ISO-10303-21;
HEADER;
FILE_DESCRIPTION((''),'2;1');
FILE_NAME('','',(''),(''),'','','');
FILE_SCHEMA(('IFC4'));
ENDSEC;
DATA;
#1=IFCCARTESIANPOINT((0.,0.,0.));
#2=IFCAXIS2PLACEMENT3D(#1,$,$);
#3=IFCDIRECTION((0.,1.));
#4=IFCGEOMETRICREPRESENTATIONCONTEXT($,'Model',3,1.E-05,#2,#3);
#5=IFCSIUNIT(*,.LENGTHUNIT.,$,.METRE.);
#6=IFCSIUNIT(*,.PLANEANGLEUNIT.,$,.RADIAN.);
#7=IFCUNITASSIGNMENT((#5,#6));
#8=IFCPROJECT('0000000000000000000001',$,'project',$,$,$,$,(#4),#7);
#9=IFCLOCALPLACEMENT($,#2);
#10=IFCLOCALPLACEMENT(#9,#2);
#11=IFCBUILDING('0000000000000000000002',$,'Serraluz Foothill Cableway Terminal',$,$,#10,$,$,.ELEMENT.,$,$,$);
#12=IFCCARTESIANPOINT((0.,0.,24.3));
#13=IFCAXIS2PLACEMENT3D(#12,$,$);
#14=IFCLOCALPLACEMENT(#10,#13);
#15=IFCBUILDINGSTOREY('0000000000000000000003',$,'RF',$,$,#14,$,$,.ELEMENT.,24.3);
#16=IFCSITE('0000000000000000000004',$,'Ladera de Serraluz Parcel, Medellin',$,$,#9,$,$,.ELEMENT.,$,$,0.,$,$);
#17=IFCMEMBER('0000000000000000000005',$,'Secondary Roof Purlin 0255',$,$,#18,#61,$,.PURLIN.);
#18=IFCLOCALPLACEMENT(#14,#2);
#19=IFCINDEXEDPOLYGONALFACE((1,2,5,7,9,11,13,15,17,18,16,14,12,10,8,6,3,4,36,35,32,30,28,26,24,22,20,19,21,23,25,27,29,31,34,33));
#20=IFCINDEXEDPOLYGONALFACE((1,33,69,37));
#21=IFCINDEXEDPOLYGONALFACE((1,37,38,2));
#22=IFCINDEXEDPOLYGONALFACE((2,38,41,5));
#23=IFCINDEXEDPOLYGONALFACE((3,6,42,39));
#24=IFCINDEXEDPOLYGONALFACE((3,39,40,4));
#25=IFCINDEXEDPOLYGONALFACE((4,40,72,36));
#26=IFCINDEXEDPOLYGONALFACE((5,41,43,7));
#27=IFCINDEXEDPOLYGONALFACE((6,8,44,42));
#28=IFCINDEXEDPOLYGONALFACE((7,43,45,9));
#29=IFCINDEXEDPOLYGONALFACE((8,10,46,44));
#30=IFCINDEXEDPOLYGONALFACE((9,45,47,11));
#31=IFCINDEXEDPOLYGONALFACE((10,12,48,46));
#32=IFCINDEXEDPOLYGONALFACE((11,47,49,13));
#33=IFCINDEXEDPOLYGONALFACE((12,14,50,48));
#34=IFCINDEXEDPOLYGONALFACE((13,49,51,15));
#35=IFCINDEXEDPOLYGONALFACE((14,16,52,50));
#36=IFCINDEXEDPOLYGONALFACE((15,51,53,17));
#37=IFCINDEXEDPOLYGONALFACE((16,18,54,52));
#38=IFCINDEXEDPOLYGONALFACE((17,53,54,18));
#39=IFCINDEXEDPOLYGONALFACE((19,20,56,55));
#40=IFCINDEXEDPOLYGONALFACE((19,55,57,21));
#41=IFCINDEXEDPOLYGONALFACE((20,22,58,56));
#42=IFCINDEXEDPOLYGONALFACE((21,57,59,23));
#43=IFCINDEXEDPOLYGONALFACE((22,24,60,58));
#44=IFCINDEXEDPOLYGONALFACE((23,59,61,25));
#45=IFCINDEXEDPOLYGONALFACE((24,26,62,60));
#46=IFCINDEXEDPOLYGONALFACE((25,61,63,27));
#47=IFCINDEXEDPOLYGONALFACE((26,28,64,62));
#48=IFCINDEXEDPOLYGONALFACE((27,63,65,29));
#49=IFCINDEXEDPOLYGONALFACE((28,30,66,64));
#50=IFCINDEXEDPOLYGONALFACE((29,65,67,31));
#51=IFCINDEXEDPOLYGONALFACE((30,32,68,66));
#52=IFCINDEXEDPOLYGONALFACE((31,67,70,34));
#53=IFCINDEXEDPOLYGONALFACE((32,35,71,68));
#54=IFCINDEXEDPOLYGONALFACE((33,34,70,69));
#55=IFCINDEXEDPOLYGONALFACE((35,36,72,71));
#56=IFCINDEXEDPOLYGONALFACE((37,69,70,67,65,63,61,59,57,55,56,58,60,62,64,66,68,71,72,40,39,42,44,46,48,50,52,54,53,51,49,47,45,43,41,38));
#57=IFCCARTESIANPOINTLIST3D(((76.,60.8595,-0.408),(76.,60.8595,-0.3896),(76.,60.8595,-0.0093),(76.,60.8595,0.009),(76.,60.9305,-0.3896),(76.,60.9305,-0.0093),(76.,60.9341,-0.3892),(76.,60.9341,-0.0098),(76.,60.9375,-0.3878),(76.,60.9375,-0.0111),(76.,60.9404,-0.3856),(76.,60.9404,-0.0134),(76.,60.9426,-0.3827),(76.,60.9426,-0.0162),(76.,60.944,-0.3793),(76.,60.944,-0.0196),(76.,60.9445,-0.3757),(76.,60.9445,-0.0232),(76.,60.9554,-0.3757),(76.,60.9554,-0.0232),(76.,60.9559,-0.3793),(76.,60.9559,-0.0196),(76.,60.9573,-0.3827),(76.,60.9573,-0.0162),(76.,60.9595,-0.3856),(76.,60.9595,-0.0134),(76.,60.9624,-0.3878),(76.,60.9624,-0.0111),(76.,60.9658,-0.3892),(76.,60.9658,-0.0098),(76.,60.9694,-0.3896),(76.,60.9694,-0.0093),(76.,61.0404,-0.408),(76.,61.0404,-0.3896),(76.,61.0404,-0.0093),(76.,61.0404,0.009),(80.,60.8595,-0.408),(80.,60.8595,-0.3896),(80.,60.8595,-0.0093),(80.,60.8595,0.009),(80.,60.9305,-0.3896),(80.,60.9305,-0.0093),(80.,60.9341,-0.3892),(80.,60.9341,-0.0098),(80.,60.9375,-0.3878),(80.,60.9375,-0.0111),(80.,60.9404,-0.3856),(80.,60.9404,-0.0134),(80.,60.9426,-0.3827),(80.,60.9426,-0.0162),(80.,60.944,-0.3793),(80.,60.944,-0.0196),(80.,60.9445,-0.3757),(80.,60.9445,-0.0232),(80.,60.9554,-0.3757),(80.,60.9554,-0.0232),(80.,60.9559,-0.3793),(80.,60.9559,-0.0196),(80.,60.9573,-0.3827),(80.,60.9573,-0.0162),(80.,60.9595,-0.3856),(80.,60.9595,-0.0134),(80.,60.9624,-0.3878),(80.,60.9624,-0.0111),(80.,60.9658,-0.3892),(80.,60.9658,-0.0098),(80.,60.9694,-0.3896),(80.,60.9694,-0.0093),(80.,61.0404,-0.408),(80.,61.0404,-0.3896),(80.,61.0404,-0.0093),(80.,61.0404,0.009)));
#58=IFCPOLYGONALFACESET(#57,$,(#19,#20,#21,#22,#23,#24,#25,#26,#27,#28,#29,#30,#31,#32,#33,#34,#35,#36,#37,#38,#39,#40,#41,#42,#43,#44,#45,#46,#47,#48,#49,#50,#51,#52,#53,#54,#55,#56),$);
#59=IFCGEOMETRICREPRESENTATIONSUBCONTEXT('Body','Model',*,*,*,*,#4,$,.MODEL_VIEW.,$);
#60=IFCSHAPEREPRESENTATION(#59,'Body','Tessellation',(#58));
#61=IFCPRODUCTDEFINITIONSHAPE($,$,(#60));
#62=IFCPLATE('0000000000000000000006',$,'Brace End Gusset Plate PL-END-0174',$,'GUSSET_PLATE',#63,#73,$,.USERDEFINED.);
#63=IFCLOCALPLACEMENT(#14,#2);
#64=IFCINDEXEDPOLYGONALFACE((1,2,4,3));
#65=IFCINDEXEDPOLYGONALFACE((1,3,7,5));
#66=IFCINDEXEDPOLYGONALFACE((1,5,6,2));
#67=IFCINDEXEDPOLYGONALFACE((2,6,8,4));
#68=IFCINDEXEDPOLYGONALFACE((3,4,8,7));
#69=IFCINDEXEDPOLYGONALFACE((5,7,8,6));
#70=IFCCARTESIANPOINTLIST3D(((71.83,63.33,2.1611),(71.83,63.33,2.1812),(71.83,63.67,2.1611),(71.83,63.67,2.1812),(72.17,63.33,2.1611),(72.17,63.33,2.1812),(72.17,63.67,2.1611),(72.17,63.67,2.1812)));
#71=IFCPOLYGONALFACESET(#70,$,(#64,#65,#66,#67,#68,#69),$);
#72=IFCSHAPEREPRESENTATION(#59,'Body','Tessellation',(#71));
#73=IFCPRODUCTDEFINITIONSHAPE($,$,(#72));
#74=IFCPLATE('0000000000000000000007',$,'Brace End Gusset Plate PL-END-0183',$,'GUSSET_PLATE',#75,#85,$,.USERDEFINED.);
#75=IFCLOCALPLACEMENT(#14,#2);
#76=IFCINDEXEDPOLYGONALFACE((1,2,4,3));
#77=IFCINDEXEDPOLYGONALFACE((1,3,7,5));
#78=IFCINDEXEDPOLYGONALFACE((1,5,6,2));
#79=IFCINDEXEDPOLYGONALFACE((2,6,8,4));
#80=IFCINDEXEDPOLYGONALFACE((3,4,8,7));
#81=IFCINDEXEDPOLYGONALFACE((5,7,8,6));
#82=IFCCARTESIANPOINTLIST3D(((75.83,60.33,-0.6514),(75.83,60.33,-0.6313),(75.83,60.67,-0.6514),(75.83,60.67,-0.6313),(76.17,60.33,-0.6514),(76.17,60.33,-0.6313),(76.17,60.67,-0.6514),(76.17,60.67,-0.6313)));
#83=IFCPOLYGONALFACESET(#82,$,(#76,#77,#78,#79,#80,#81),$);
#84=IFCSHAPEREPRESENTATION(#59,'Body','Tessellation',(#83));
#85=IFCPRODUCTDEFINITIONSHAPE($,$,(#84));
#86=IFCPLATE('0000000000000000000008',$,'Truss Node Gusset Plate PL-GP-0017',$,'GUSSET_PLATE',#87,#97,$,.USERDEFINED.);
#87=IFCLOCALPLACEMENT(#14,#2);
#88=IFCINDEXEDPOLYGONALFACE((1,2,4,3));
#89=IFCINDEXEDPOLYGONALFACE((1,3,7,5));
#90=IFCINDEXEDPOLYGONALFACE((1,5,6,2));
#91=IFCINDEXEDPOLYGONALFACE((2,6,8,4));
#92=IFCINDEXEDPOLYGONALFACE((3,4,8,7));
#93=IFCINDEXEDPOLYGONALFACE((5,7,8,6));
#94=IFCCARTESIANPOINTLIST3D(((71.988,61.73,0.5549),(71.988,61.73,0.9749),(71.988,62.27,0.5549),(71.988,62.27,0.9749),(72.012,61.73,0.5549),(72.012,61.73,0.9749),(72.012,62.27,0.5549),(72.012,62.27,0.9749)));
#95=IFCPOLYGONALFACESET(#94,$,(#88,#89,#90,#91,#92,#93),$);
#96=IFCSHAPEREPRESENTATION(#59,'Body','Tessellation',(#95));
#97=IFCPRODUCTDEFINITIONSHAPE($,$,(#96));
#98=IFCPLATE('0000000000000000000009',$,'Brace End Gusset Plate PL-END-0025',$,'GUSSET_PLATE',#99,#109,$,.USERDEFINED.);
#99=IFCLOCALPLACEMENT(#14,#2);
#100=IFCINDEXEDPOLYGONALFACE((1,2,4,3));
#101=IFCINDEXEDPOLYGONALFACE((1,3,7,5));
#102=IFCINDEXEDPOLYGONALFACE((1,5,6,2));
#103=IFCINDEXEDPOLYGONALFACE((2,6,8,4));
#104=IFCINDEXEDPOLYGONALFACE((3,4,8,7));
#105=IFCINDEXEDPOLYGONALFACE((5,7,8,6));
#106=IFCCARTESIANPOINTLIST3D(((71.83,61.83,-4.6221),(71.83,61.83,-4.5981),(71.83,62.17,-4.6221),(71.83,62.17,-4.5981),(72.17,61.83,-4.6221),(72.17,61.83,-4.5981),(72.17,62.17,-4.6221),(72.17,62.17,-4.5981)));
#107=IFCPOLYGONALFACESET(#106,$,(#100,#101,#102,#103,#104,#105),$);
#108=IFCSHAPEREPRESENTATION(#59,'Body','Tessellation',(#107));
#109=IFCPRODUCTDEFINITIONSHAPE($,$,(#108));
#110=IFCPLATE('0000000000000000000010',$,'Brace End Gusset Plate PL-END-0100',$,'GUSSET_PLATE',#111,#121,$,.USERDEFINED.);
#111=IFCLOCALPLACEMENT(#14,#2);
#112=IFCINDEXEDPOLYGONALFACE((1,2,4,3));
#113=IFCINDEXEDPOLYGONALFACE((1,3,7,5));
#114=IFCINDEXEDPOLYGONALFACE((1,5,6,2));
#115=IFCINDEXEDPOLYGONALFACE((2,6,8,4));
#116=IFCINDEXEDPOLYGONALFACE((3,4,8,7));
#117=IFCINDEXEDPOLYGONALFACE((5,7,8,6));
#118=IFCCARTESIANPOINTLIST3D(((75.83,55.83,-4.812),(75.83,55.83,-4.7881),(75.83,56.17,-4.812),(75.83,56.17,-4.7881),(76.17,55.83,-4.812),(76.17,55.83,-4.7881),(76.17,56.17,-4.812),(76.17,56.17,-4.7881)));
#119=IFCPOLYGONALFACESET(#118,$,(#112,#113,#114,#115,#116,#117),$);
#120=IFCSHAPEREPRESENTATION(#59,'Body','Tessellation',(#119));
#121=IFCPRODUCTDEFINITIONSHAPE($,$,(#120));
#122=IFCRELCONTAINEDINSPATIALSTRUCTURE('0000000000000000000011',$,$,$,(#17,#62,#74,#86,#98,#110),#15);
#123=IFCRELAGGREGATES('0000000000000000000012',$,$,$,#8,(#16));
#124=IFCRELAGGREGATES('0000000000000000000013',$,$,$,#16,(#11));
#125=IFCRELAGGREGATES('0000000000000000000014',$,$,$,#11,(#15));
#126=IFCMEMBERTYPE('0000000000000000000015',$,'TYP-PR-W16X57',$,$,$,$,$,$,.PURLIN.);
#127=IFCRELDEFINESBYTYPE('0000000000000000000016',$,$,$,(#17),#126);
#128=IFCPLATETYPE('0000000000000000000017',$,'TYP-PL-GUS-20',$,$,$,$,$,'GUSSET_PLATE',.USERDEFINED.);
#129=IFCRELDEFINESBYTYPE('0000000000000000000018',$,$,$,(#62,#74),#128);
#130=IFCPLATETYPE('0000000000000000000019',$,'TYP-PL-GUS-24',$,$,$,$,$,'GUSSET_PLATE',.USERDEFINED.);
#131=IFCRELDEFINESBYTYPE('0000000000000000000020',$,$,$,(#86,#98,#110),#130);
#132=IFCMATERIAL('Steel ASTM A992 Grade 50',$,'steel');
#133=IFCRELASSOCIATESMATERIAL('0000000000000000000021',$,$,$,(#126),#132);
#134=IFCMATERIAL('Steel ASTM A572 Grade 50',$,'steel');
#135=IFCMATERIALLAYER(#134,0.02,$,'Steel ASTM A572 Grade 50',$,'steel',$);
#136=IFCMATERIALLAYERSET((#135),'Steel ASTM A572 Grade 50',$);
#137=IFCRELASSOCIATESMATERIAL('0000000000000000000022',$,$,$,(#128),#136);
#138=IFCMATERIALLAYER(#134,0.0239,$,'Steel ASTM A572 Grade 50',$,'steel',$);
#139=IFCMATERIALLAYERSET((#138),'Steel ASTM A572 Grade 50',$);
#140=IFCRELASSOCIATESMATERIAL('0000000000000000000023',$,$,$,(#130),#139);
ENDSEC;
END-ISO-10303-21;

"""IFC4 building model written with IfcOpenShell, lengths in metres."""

from ifc_helpers import new_model, si_unit, direction, frame, origin, origin_2d, place, context, subcontext, project, spatial, rectangle, i_section, extrude, material, layer, layer_set, material_profile, profile_set, type_object, element, save


model = new_model("IFC4")

# Units and contexts
model_context = context("Model", 3, precision=1e-05, world=origin(), true_north=direction((0.0, 1.0)))
body_context = subcontext(model_context, "Body", "Model", "MODEL_VIEW")
ifc_project = project(units=[si_unit("LENGTHUNIT", "METRE"), si_unit("PLANEANGLEUNIT", "RADIAN")], contexts=[model_context])

# Site, building, storey
site_placement = place(None, origin())
site = spatial("IfcSite", under=ifc_project, at=site_placement, Name="Ladera de Serraluz Parcel, Medellin", CompositionType="ELEMENT", RefElevation=0.0)
building_placement = place(site_placement, origin())
building = spatial("IfcBuilding", under=site, at=building_placement, Name="Serraluz Foothill Cableway Terminal", CompositionType="ELEMENT")
storey_placement = place(building_placement, frame((0.0, 0.0, 24.3)))
storey = spatial("IfcBuildingStorey", under=building, at=storey_placement, Name="RF", CompositionType="ELEMENT", Elevation=24.3)

# Member
ifc_material_1 = material(Name="Steel ASTM A572 Grade 50", Category="steel")
ifc_material_2 = material(Name="Steel ASTM A992 Grade 50", Category="steel")
ifc_material_profile_1 = material_profile(ifc_material_2, i_section(OverallWidth=0.1809, OverallDepth=0.417, WebThickness=0.011, FlangeThickness=0.0183, FilletRadius=0.0139, at=origin_2d()), Name="W16X57")
ifc_profile_set_1 = profile_set([ifc_material_profile_1], Name="Steel ASTM A992 Grade 50")
member_type_1 = type_object("IfcMemberType", Name="TYP-PR-W16X57", PredefinedType="PURLIN", material=ifc_profile_set_1)
for number, where, z_axis, x_axis, name in (
    (1, (76.0, 60.95, -0.1995), (1.0, 0.0, 0.0), (0.0, 1.0, 0.0), "Secondary Roof Purlin 0255"),
):
    element("IfcMember", number, at=place(storey_placement, frame(where, z_axis=z_axis, x_axis=x_axis)), inside=storey, type_object=member_type_1, Name=name, PredefinedType="PURLIN", context=body_context, shape_type="SweptSolid", body=[
        extrude(i_section(OverallWidth=0.1809, OverallDepth=0.417, WebThickness=0.011, FlangeThickness=0.0183, FilletRadius=0.0139, at=origin_2d()), origin(), (0.0, 0.0, 1.0), 4.0),
    ])

# Plates
ifc_layer_1 = layer(ifc_material_1, 0.02, Name="Steel ASTM A572 Grade 50", Category="steel")
ifc_layer_set_1 = layer_set([ifc_layer_1], Name="Steel ASTM A572 Grade 50")
plate_type_1 = type_object("IfcPlateType", Name="TYP-PL-GUS-20", ElementType="GUSSET_PLATE", PredefinedType="USERDEFINED", material=ifc_layer_set_1)
for number, where, z_axis, x_axis, name in (
    (2, (72.0, 63.5, 2.1611), (0.0, 0.0, 1.0), (1.0, 0.0, 0.0), "Brace End Gusset Plate PL-END-0174"),
    (3, (76.0, 60.5, -0.6514), (0.0, 0.0, 1.0), (1.0, 0.0, 0.0), "Brace End Gusset Plate PL-END-0183"),
):
    element("IfcPlate", number, at=place(storey_placement, frame(where, z_axis=z_axis, x_axis=x_axis)), inside=storey, type_object=plate_type_1, Name=name, ObjectType="GUSSET_PLATE", PredefinedType="USERDEFINED", context=body_context, shape_type="SweptSolid", body=[
        extrude(rectangle(XDim=0.3401, YDim=0.3401, at=origin_2d()), origin(), (0.0, 0.0, 1.0), 0.02),
    ])
ifc_layer_2 = layer(ifc_material_1, 0.0239, Name="Steel ASTM A572 Grade 50", Category="steel")
ifc_layer_set_2 = layer_set([ifc_layer_2], Name="Steel ASTM A572 Grade 50")
plate_type_2 = type_object("IfcPlateType", Name="TYP-PL-GUS-24", ElementType="GUSSET_PLATE", PredefinedType="USERDEFINED", material=ifc_layer_set_2)
plate_placement = place(storey_placement, frame((72.0, 62.0, 0.5549), z_axis=(0.0, 0.0, 1.0), x_axis=(1.0, 0.0, 0.0)))
element("IfcPlate", 4, at=plate_placement, inside=storey, type_object=plate_type_2, Name="Truss Node Gusset Plate PL-GP-0017", ObjectType="GUSSET_PLATE", PredefinedType="USERDEFINED", context=body_context, shape_type="SweptSolid", body=[
    extrude(rectangle(XDim=0.0239, YDim=0.54, at=origin_2d()), origin(), (0.0, 0.0, 1.0), 0.4199),
])
for number, where, z_axis, x_axis, name in (
    (5, (72.0, 62.0, -4.6221), (0.0, 0.0, 1.0), (1.0, 0.0, 0.0), "Brace End Gusset Plate PL-END-0025"),
    (6, (76.0, 56.0, -4.812), (0.0, 0.0, 1.0), (1.0, 0.0, 0.0), "Brace End Gusset Plate PL-END-0100"),
):
    element("IfcPlate", number, at=place(storey_placement, frame(where, z_axis=z_axis, x_axis=x_axis)), inside=storey, type_object=plate_type_2, Name=name, ObjectType="GUSSET_PLATE", PredefinedType="USERDEFINED", context=body_context, shape_type="SweptSolid", body=[
        extrude(rectangle(XDim=0.3401, YDim=0.3401, at=origin_2d()), origin(), (0.0, 0.0, 1.0), 0.0239),
    ])

save(model, "model.ifc")
